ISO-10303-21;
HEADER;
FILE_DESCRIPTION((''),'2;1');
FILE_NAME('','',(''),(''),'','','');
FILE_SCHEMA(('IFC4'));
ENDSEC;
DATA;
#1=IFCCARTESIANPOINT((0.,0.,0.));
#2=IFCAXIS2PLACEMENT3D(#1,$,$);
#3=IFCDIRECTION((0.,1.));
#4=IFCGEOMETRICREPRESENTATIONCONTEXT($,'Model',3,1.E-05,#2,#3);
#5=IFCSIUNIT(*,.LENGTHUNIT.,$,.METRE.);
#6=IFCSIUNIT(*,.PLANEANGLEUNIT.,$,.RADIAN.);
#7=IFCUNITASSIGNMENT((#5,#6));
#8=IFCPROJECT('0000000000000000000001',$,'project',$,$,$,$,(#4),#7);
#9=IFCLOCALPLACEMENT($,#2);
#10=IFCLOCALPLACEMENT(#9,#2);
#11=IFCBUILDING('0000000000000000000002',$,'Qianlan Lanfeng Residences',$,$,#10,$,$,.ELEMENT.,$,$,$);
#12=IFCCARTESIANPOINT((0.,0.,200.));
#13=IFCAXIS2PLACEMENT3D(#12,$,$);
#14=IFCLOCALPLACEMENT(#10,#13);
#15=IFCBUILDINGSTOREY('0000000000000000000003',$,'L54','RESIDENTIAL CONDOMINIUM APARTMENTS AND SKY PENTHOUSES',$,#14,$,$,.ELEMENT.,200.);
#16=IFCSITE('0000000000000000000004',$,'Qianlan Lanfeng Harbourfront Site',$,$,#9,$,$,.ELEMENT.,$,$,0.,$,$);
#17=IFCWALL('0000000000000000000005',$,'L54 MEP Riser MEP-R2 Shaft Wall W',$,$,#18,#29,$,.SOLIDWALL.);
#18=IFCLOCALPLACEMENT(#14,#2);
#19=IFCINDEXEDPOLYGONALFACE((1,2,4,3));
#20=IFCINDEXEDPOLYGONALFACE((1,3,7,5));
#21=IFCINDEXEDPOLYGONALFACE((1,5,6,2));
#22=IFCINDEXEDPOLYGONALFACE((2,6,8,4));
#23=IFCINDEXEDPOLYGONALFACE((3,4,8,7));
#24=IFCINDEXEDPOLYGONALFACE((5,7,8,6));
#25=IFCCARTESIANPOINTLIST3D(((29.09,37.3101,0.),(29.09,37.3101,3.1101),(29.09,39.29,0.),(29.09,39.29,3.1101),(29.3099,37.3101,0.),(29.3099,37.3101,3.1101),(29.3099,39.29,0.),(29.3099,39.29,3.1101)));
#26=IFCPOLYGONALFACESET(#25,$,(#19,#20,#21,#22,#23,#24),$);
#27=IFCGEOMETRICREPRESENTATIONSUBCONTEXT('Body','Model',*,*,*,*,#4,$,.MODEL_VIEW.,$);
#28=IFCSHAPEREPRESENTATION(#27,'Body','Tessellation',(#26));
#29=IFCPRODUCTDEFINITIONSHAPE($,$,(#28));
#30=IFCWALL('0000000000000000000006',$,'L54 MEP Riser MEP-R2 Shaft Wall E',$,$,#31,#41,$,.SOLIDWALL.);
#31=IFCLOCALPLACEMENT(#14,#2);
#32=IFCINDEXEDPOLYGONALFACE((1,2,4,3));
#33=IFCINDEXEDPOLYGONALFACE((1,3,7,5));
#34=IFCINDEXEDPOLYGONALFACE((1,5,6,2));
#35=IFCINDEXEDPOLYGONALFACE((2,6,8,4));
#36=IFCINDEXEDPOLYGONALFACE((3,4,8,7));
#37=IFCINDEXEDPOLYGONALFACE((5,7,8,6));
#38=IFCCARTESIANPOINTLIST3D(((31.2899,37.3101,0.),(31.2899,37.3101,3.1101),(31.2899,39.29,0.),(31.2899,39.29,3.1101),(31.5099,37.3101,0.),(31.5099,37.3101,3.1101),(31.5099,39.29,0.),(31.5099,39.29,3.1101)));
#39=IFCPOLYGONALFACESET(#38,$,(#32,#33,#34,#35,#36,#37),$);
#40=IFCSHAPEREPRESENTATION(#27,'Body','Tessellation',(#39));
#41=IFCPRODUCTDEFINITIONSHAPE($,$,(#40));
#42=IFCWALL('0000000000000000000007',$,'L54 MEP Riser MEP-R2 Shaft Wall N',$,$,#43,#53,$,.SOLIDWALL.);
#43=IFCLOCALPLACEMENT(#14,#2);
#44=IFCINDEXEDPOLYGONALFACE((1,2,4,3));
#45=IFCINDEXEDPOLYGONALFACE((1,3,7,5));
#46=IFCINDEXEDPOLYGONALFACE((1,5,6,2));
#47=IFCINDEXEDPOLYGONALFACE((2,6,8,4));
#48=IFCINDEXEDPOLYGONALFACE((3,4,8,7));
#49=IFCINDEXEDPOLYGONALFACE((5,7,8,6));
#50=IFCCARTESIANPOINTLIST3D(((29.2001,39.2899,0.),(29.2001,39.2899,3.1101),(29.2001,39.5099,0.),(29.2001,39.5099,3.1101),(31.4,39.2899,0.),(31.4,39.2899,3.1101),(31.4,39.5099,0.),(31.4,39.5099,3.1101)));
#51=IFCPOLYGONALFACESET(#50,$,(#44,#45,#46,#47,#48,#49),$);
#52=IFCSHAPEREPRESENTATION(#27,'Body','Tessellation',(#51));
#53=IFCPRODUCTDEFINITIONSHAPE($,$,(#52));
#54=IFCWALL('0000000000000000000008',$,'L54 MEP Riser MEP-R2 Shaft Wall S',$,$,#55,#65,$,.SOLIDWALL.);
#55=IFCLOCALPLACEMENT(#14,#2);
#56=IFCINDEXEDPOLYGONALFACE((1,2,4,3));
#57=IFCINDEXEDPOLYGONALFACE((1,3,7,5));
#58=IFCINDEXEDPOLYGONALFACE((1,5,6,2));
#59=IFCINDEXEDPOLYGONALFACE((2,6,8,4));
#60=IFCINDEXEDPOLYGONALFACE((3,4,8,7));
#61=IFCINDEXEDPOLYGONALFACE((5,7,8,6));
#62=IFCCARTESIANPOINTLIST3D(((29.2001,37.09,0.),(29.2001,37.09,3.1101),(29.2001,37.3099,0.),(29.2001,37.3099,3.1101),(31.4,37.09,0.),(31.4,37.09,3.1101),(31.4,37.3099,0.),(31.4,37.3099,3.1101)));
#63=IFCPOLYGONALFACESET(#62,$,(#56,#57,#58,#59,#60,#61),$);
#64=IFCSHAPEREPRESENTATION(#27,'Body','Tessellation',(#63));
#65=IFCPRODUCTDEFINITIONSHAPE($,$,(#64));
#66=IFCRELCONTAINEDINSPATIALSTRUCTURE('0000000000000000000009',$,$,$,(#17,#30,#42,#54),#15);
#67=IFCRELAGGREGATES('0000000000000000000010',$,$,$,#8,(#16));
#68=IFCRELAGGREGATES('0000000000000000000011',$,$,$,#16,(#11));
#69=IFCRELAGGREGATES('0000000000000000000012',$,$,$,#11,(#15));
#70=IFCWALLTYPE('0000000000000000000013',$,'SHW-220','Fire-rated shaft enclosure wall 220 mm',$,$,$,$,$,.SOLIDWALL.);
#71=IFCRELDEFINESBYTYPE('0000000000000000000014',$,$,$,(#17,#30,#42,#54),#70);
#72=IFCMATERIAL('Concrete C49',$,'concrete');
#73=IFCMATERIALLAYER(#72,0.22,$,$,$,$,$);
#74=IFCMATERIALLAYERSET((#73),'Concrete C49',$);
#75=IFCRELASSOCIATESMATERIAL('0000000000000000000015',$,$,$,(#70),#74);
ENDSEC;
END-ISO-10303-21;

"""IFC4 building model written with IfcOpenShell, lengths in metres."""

from ifc_helpers import new_model, si_unit, direction, frame, frame_2d, origin, place, context, subcontext, project, spatial, rectangle, extrude, material, layer, layer_set, type_object, element, save


model = new_model("IFC4")

# Units and contexts
model_context = context("Model", 3, precision=1e-05, world=origin(), true_north=direction((0.0, 1.0)))
body_context = subcontext(model_context, "Body", "Model", "MODEL_VIEW")
ifc_project = project(units=[si_unit("LENGTHUNIT", "METRE"), si_unit("PLANEANGLEUNIT", "RADIAN")], contexts=[model_context])

# Site, building, storey
site_placement = place(None, origin())
site = spatial("IfcSite", under=ifc_project, at=site_placement, Name="Qianlan Lanfeng Harbourfront Site", CompositionType="ELEMENT", RefElevation=0.0)
building_placement = place(site_placement, origin())
building = spatial("IfcBuilding", under=site, at=building_placement, Name="Qianlan Lanfeng Residences", CompositionType="ELEMENT")
storey_placement = place(building_placement, frame((0.0, 0.0, 200.0)))
storey = spatial("IfcBuildingStorey", under=building, at=storey_placement, Name="L54", Description="RESIDENTIAL CONDOMINIUM APARTMENTS AND SKY PENTHOUSES", CompositionType="ELEMENT", Elevation=200.0)

# Walls
ifc_material_1 = material(Name="Concrete C49", Category="concrete")
ifc_layer_1 = layer(ifc_material_1, 0.22)
ifc_layer_set_1 = layer_set([ifc_layer_1], Name="Concrete C49")
wall_type_1 = type_object("IfcWallType", Name="SHW-220", Description="Fire-rated shaft enclosure wall 220 mm", PredefinedType="SOLIDWALL", material=ifc_layer_set_1)
for number, where, z_axis, x_axis, name in (
    (1, (29.2, 37.3101, 0.0), (0.0, 0.0, 1.0), (0.0, 1.0, 0.0), "L54 MEP Riser MEP-R2 Shaft Wall W"),
    (2, (31.3999, 37.3101, 0.0), (0.0, 0.0, 1.0), (0.0, 1.0, 0.0), "L54 MEP Riser MEP-R2 Shaft Wall E"),
):
    element("IfcWall", number, at=place(storey_placement, frame(where, z_axis=z_axis, x_axis=x_axis)), inside=storey, type_object=wall_type_1, Name=name, PredefinedType="SOLIDWALL", context=body_context, shape_type="SweptSolid", body=[
        extrude(rectangle(XDim=1.98, YDim=0.22, at=frame_2d((0.99, 0.0))), origin(), (0.0, 0.0, 1.0), 3.1101),
    ])
for number, where, z_axis, x_axis, name in (
    (3, (29.2, 39.3999, 0.0), (0.0, 0.0, 1.0), (1.0, 0.0, 0.0), "L54 MEP Riser MEP-R2 Shaft Wall N"),
    (4, (29.2, 37.2, 0.0), (0.0, 0.0, 1.0), (1.0, 0.0, 0.0), "L54 MEP Riser MEP-R2 Shaft Wall S"),
):
    element("IfcWall", number, at=place(storey_placement, frame(where, z_axis=z_axis, x_axis=x_axis)), inside=storey, type_object=wall_type_1, Name=name, PredefinedType="SOLIDWALL", context=body_context, shape_type="SweptSolid", body=[
        extrude(rectangle(XDim=2.2, YDim=0.22, at=frame_2d((1.1001, 0.0))), origin(), (0.0, 0.0, 1.0), 3.1101),
    ])

save(model, "model.ifc")
